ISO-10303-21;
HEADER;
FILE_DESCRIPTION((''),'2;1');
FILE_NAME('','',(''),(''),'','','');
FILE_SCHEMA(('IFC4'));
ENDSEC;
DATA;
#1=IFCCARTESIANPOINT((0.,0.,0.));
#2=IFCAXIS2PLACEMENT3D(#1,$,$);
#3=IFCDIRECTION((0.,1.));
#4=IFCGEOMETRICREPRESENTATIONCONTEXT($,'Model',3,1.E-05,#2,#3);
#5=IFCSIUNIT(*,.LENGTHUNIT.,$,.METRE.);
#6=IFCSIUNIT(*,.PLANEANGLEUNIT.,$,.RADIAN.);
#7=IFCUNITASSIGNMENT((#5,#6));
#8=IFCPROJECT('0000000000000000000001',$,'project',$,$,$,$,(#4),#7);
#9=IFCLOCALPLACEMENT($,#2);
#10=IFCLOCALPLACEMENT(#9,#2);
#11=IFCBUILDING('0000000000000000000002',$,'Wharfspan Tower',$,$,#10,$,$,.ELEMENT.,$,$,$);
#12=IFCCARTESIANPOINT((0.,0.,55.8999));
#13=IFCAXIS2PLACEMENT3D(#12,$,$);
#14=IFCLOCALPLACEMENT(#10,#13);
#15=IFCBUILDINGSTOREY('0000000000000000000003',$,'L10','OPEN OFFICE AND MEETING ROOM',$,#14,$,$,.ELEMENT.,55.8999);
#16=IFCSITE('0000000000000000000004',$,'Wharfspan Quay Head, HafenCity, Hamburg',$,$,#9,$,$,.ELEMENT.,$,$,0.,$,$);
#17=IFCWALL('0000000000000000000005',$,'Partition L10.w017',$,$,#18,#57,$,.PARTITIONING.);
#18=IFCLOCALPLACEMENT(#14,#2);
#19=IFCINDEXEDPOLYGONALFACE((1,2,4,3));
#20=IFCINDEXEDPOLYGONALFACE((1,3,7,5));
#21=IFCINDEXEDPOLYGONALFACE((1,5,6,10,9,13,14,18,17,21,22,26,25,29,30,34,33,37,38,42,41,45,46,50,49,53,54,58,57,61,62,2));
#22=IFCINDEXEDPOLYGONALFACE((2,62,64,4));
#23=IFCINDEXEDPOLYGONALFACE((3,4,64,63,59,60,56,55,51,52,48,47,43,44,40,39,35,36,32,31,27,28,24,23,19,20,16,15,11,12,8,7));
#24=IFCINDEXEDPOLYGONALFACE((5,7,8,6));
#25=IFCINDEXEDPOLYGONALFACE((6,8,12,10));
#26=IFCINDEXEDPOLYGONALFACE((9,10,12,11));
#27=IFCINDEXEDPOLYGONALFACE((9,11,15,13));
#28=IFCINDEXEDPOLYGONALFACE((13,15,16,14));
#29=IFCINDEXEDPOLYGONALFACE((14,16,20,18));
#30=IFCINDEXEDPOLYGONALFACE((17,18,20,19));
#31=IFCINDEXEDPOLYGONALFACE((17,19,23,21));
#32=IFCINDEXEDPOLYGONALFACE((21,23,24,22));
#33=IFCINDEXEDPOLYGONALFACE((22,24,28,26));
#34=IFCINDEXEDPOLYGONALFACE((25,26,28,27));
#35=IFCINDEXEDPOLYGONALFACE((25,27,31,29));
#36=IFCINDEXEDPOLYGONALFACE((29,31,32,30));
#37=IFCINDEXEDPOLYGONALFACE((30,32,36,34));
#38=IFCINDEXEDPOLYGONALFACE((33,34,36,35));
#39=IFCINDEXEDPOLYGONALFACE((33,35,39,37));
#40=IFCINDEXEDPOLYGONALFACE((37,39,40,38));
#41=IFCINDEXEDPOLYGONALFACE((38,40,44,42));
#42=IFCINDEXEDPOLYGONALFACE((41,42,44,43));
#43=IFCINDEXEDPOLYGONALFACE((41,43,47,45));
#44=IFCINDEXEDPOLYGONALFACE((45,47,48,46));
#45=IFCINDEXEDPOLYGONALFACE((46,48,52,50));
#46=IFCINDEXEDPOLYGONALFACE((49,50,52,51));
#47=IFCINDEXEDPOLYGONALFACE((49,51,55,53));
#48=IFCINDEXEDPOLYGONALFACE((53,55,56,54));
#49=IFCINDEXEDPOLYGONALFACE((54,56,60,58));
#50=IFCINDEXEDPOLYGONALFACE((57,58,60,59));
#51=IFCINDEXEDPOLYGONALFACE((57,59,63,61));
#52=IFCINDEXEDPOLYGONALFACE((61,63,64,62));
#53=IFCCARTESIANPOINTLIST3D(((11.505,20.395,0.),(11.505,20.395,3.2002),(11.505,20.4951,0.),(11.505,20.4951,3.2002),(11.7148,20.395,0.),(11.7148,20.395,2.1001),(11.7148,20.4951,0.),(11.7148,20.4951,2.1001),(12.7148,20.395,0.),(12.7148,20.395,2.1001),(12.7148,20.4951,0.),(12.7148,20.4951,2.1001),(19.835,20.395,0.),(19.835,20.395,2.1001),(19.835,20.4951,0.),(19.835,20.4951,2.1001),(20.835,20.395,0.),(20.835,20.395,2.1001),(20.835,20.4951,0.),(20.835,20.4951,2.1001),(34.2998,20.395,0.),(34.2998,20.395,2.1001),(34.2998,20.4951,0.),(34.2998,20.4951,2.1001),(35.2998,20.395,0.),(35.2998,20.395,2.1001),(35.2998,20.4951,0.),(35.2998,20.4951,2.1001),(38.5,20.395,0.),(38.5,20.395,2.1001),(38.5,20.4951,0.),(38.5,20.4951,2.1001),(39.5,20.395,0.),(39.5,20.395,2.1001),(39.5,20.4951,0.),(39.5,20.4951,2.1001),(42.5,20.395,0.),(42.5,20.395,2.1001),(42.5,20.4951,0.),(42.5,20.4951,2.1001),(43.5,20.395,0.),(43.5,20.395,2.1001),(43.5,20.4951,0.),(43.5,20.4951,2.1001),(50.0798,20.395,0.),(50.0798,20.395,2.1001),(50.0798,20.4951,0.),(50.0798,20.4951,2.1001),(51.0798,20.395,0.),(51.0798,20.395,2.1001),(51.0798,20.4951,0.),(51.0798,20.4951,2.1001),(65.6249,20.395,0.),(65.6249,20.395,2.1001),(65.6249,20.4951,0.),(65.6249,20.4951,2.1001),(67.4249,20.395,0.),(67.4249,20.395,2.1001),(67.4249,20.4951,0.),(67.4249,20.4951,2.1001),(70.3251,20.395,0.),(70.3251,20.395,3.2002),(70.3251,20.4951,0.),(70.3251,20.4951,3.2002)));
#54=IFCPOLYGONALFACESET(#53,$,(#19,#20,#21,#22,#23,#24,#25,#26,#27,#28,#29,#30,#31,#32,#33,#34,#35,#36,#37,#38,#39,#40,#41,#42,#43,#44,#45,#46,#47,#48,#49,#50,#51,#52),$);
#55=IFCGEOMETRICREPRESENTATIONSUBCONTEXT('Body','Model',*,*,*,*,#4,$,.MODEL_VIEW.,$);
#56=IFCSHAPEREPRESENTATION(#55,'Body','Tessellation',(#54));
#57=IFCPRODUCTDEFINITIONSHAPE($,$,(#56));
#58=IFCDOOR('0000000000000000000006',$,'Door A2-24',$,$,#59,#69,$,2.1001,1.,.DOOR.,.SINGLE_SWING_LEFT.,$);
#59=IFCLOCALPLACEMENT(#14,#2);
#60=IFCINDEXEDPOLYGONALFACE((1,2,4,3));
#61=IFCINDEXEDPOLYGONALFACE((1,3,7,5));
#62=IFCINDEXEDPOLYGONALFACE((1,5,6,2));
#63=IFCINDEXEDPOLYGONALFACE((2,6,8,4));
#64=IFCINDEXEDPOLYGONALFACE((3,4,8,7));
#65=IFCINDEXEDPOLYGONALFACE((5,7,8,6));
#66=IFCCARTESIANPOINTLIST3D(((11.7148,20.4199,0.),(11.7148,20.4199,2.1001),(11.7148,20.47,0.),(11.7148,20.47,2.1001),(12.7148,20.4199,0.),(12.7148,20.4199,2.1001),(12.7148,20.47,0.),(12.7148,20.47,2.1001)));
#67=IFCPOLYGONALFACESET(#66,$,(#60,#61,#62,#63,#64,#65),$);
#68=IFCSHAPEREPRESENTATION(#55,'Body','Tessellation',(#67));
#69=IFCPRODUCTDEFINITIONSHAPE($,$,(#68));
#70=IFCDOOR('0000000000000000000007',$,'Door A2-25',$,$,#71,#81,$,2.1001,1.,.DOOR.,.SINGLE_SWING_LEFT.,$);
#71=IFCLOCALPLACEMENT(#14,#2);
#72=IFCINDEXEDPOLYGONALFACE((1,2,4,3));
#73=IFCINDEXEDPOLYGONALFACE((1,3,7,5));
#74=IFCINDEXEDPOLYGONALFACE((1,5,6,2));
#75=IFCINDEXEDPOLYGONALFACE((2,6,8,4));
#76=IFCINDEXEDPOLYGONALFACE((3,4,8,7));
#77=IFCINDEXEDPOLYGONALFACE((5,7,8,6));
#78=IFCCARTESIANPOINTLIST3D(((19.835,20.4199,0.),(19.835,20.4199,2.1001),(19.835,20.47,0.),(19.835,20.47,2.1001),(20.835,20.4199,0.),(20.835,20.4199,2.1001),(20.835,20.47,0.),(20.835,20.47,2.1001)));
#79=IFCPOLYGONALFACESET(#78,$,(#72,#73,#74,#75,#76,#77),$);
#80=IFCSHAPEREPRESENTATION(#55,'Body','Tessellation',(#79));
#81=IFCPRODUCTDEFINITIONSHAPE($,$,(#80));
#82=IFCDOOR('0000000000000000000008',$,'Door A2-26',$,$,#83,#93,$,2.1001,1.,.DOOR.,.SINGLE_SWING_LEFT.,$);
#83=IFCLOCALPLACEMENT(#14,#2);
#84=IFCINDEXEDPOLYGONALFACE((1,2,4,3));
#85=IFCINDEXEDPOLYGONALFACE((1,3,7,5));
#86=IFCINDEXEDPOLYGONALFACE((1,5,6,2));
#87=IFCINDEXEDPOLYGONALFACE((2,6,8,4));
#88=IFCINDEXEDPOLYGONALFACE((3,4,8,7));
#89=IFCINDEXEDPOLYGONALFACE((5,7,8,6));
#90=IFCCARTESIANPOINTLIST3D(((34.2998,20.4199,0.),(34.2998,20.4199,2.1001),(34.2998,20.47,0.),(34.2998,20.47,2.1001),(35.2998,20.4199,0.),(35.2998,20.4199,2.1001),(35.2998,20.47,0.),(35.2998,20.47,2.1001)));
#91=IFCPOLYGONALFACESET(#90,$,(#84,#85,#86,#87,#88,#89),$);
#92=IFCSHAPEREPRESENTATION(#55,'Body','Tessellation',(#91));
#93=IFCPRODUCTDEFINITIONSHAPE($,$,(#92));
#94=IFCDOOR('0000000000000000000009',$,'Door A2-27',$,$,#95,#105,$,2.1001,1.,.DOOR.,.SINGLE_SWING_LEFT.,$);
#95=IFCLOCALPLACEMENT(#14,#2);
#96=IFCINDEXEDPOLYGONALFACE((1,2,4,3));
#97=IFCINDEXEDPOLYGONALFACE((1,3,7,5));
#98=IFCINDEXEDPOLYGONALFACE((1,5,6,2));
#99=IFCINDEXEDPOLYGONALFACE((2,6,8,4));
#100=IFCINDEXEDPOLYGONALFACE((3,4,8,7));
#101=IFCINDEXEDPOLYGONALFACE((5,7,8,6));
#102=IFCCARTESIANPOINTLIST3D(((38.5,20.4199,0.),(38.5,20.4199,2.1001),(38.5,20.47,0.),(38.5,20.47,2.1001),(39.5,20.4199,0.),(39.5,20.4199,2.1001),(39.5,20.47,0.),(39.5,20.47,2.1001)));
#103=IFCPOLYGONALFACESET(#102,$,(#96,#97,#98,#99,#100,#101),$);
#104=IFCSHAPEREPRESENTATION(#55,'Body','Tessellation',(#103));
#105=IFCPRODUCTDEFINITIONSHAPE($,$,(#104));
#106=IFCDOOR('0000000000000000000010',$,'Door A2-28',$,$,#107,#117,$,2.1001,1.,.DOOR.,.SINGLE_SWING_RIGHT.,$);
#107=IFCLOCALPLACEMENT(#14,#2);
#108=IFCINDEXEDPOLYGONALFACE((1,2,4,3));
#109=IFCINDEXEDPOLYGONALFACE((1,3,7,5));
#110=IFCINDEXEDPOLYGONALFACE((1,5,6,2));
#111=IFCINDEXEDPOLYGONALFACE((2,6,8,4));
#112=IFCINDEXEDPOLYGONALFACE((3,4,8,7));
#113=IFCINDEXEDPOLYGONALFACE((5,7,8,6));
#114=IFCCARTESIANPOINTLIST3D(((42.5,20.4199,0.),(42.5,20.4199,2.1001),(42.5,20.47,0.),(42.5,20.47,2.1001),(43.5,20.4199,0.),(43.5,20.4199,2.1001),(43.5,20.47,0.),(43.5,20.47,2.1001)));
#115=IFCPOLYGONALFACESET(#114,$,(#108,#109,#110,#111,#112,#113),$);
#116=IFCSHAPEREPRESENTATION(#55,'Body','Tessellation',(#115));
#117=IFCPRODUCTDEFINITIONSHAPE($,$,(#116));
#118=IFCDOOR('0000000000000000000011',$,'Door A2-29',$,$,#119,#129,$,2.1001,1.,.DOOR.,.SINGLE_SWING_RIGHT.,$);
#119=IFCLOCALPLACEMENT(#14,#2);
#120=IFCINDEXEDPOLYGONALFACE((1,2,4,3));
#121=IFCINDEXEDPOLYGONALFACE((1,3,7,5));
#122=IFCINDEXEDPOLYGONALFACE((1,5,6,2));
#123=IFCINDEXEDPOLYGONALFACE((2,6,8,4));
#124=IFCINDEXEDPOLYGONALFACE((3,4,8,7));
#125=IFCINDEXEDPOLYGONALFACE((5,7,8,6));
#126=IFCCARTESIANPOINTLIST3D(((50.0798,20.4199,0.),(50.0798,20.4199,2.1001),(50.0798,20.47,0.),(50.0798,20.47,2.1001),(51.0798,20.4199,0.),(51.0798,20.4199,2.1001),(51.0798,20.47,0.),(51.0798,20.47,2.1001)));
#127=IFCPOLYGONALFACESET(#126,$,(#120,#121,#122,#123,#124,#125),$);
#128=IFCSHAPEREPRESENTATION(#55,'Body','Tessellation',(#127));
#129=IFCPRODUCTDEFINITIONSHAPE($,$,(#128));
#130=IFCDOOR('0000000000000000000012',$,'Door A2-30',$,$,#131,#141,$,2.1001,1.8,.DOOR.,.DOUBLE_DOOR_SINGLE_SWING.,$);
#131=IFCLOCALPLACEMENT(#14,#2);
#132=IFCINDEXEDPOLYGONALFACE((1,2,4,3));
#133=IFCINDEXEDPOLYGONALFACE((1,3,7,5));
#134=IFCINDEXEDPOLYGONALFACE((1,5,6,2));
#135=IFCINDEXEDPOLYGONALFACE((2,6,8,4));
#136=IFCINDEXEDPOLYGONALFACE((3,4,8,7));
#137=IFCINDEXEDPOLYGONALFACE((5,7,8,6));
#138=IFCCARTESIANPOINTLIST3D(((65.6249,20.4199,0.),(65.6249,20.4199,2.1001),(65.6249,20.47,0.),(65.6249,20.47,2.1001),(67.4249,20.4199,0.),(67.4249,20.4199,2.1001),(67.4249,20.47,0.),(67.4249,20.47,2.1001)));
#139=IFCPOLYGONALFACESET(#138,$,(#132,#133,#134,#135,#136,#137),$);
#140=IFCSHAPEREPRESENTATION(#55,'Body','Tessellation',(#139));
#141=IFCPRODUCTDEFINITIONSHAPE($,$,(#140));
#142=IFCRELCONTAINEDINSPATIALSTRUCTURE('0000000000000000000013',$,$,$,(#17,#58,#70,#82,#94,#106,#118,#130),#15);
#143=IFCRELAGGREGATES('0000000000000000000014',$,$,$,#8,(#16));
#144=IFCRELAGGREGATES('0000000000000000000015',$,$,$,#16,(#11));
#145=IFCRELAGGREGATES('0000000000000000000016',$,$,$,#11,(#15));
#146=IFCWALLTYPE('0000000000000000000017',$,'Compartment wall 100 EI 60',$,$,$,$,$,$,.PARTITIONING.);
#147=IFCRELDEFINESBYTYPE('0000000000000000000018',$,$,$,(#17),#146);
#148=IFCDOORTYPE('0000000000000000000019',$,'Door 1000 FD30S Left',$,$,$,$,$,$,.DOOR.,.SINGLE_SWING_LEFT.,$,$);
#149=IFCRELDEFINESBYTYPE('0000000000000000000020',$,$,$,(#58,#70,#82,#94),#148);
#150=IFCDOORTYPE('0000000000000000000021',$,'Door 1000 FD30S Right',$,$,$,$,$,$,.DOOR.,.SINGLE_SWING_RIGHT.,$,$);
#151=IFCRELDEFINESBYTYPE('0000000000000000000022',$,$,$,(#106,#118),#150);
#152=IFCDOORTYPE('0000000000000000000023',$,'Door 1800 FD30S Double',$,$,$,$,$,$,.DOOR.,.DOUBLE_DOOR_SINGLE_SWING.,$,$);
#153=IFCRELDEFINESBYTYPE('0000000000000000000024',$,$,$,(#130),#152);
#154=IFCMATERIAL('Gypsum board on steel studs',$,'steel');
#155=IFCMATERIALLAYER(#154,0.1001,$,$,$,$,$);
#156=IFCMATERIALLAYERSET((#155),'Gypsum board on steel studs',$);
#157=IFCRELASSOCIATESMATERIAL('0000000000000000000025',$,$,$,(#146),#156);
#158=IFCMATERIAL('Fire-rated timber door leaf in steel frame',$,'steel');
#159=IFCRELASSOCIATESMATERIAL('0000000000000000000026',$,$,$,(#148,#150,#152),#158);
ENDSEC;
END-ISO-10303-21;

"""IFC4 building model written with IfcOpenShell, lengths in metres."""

from ifc_helpers import new_model, si_unit, direction, frame, frame_2d, origin, place, context, subcontext, project, spatial, rectangle, extrude, material, layer, layer_set, type_object, element, fill, save


model = new_model("IFC4")

# Units and contexts
model_context = context("Model", 3, precision=1e-05, world=origin(), true_north=direction((0.0, 1.0)))
body_context = subcontext(model_context, "Body", "Model", "MODEL_VIEW")
ifc_project = project(units=[si_unit("LENGTHUNIT", "METRE"), si_unit("PLANEANGLEUNIT", "RADIAN")], contexts=[model_context])

# Site, building, storey
site_placement = place(None, origin())
site = spatial("IfcSite", under=ifc_project, at=site_placement, Name="Wharfspan Quay Head, HafenCity, Hamburg", CompositionType="ELEMENT", RefElevation=0.0)
building_placement = place(site_placement, origin())
building = spatial("IfcBuilding", under=site, at=building_placement, Name="Wharfspan Tower", CompositionType="ELEMENT")
storey_placement = place(building_placement, frame((0.0, 0.0, 55.8999)))
storey = spatial("IfcBuildingStorey", under=building, at=storey_placement, Name="L10", Description="OPEN OFFICE AND MEETING ROOM", CompositionType="ELEMENT", Elevation=55.8999)

# Shared definitions
ifc_material_1 = material(Name="Gypsum board on steel studs", Category="steel")
ifc_layer_1 = layer(ifc_material_1, 0.1001)
ifc_layer_set_1 = layer_set([ifc_layer_1], Name="Gypsum board on steel studs")
wall_type_1 = type_object("IfcWallType", Name="Compartment wall 100 EI 60", PredefinedType="PARTITIONING", material=ifc_layer_set_1)

# Wall, openings, doors
wall_1_placement = place(storey_placement, frame((11.5049, 20.4451, 0.0), z_axis=(0.0, 0.0, 1.0), x_axis=(1.0, 0.0, 0.0)))
wall_1 = element("IfcWall", 1, at=wall_1_placement, inside=storey, type_object=wall_type_1, Name="Partition L10.w017", PredefinedType="PARTITIONING", context=body_context, shape_type="SweptSolid", body=[
    extrude(rectangle(XDim=58.8201, YDim=0.1001, at=frame_2d((29.4102, 0.0))), origin(), (0.0, 0.0, 1.0), 3.2002),
])
opening_1_placement = place(wall_1_placement, frame((0.21, 0.0, 0.0)))
opening_1 = element("IfcOpeningElement", 2, at=opening_1_placement, cuts=wall_1, PredefinedType="OPENING", context=body_context, shape_type="SweptSolid", body=[
    extrude(rectangle(XDim=1.0, YDim=2.1001, at=frame_2d((0.5, 1.05))), frame((0.0, 0.0601, 0.0), z_axis=(0.0, -1.0, 0.0), x_axis=(1.0, 0.0, 0.0)), (0.0, 0.0, 1.0), 0.1201),
])
opening_2_placement = place(wall_1_placement, frame((8.3301, 0.0, 0.0)))
opening_2 = element("IfcOpeningElement", 3, at=opening_2_placement, cuts=wall_1, PredefinedType="OPENING", context=body_context, shape_type="SweptSolid", body=[
    extrude(rectangle(XDim=1.0, YDim=2.1001, at=frame_2d((0.5, 1.05))), frame((0.0, 0.0601, 0.0), z_axis=(0.0, -1.0, 0.0), x_axis=(1.0, 0.0, 0.0)), (0.0, 0.0, 1.0), 0.1201),
])
opening_3_placement = place(wall_1_placement, frame((22.7949, 0.0, 0.0)))
opening_3 = element("IfcOpeningElement", 4, at=opening_3_placement, cuts=wall_1, PredefinedType="OPENING", context=body_context, shape_type="SweptSolid", body=[
    extrude(rectangle(XDim=1.0, YDim=2.1001, at=frame_2d((0.5, 1.05))), frame((0.0, 0.0601, 0.0), z_axis=(0.0, -1.0, 0.0), x_axis=(1.0, 0.0, 0.0)), (0.0, 0.0, 1.0), 0.1201),
])
opening_4_placement = place(wall_1_placement, frame((26.9951, 0.0, 0.0)))
opening_4 = element("IfcOpeningElement", 5, at=opening_4_placement, cuts=wall_1, PredefinedType="OPENING", context=body_context, shape_type="SweptSolid", body=[
    extrude(rectangle(XDim=1.0, YDim=2.1001, at=frame_2d((0.5, 1.05))), frame((0.0, 0.0601, 0.0), z_axis=(0.0, -1.0, 0.0), x_axis=(1.0, 0.0, 0.0)), (0.0, 0.0, 1.0), 0.1201),
])
opening_5_placement = place(wall_1_placement, frame((30.9951, 0.0, 0.0)))
opening_5 = element("IfcOpeningElement", 6, at=opening_5_placement, cuts=wall_1, PredefinedType="OPENING", context=body_context, shape_type="SweptSolid", body=[
    extrude(rectangle(XDim=1.0, YDim=2.1001, at=frame_2d((0.5, 1.05))), frame((0.0, 0.0601, 0.0), z_axis=(0.0, -1.0, 0.0), x_axis=(1.0, 0.0, 0.0)), (0.0, 0.0, 1.0), 0.1201),
])
opening_6_placement = place(wall_1_placement, frame((38.575, 0.0, 0.0)))
opening_6 = element("IfcOpeningElement", 7, at=opening_6_placement, cuts=wall_1, PredefinedType="OPENING", context=body_context, shape_type="SweptSolid", body=[
    extrude(rectangle(XDim=1.0, YDim=2.1001, at=frame_2d((0.5, 1.05))), frame((0.0, 0.0601, 0.0), z_axis=(0.0, -1.0, 0.0), x_axis=(1.0, 0.0, 0.0)), (0.0, 0.0, 1.0), 0.1201),
])
opening_7_placement = place(wall_1_placement, frame((54.1201, 0.0, 0.0)))
opening_7 = element("IfcOpeningElement", 8, at=opening_7_placement, cuts=wall_1, PredefinedType="OPENING", context=body_context, shape_type="SweptSolid", body=[
    extrude(rectangle(XDim=1.8, YDim=2.1001, at=frame_2d((0.8999, 1.05))), frame((0.0, 0.0601, 0.0), z_axis=(0.0, -1.0, 0.0), x_axis=(1.0, 0.0, 0.0)), (0.0, 0.0, 1.0), 0.1201),
])
ifc_material_2 = material(Name="Fire-rated timber door leaf in steel frame", Category="steel")
door_type_1 = type_object("IfcDoorType", Name="Door 1000 FD30S Left", OperationType="SINGLE_SWING_LEFT", PredefinedType="DOOR", material=ifc_material_2)
door_1_placement = place(opening_1_placement, origin())
door_1 = element("IfcDoor", 9, at=door_1_placement, inside=storey, type_object=door_type_1, Name="Door A2-24", OperationType="SINGLE_SWING_LEFT", OverallHeight=2.1001, OverallWidth=1.0, PredefinedType="DOOR", context=body_context, shape_type="SweptSolid", body=[
    extrude(rectangle(XDim=1.0, YDim=2.1001, at=frame_2d((0.5, 1.05))), frame((0.0, 0.0249, 0.0), z_axis=(0.0, -1.0, 0.0), x_axis=(1.0, 0.0, 0.0)), (0.0, 0.0, 1.0), 0.05),
])
fill(opening_1, door_1)
door_2_placement = place(opening_2_placement, origin())
door_2 = element("IfcDoor", 10, at=door_2_placement, inside=storey, type_object=door_type_1, Name="Door A2-25", OperationType="SINGLE_SWING_LEFT", OverallHeight=2.1001, OverallWidth=1.0, PredefinedType="DOOR", context=body_context, shape_type="SweptSolid", body=[
    extrude(rectangle(XDim=1.0, YDim=2.1001, at=frame_2d((0.5, 1.05))), frame((0.0, 0.0249, 0.0), z_axis=(0.0, -1.0, 0.0), x_axis=(1.0, 0.0, 0.0)), (0.0, 0.0, 1.0), 0.05),
])
fill(opening_2, door_2)
door_3_placement = place(opening_3_placement, origin())
door_3 = element("IfcDoor", 11, at=door_3_placement, inside=storey, type_object=door_type_1, Name="Door A2-26", OperationType="SINGLE_SWING_LEFT", OverallHeight=2.1001, OverallWidth=1.0, PredefinedType="DOOR", context=body_context, shape_type="SweptSolid", body=[
    extrude(rectangle(XDim=1.0, YDim=2.1001, at=frame_2d((0.5, 1.05))), frame((0.0, 0.0249, 0.0), z_axis=(0.0, -1.0, 0.0), x_axis=(1.0, 0.0, 0.0)), (0.0, 0.0, 1.0), 0.05),
])
fill(opening_3, door_3)
door_4_placement = place(opening_4_placement, origin())
door_4 = element("IfcDoor", 12, at=door_4_placement, inside=storey, type_object=door_type_1, Name="Door A2-27", OperationType="SINGLE_SWING_LEFT", OverallHeight=2.1001, OverallWidth=1.0, PredefinedType="DOOR", context=body_context, shape_type="SweptSolid", body=[
    extrude(rectangle(XDim=1.0, YDim=2.1001, at=frame_2d((0.5, 1.05))), frame((0.0, 0.0249, 0.0), z_axis=(0.0, -1.0, 0.0), x_axis=(1.0, 0.0, 0.0)), (0.0, 0.0, 1.0), 0.05),
])
fill(opening_4, door_4)
door_type_2 = type_object("IfcDoorType", Name="Door 1000 FD30S Right", OperationType="SINGLE_SWING_RIGHT", PredefinedType="DOOR", material=ifc_material_2)
door_5_placement = place(opening_5_placement, origin())
door_5 = element("IfcDoor", 13, at=door_5_placement, inside=storey, type_object=door_type_2, Name="Door A2-28", OperationType="SINGLE_SWING_RIGHT", OverallHeight=2.1001, OverallWidth=1.0, PredefinedType="DOOR", context=body_context, shape_type="SweptSolid", body=[
    extrude(rectangle(XDim=1.0, YDim=2.1001, at=frame_2d((0.5, 1.05))), frame((0.0, 0.0249, 0.0), z_axis=(0.0, -1.0, 0.0), x_axis=(1.0, 0.0, 0.0)), (0.0, 0.0, 1.0), 0.05),
])
fill(opening_5, door_5)
door_6_placement = place(opening_6_placement, origin())
door_6 = element("IfcDoor", 14, at=door_6_placement, inside=storey, type_object=door_type_2, Name="Door A2-29", OperationType="SINGLE_SWING_RIGHT", OverallHeight=2.1001, OverallWidth=1.0, PredefinedType="DOOR", context=body_context, shape_type="SweptSolid", body=[
    extrude(rectangle(XDim=1.0, YDim=2.1001, at=frame_2d((0.5, 1.05))), frame((0.0, 0.0249, 0.0), z_axis=(0.0, -1.0, 0.0), x_axis=(1.0, 0.0, 0.0)), (0.0, 0.0, 1.0), 0.05),
])
fill(opening_6, door_6)
door_type_3 = type_object("IfcDoorType", Name="Door 1800 FD30S Double", OperationType="DOUBLE_DOOR_SINGLE_SWING", PredefinedType="DOOR", material=ifc_material_2)
door_7_placement = place(opening_7_placement, origin())
door_7 = element("IfcDoor", 15, at=door_7_placement, inside=storey, type_object=door_type_3, Name="Door A2-30", OperationType="DOUBLE_DOOR_SINGLE_SWING", OverallHeight=2.1001, OverallWidth=1.8, PredefinedType="DOOR", context=body_context, shape_type="SweptSolid", body=[
    extrude(rectangle(XDim=1.8, YDim=2.1001, at=frame_2d((0.8999, 1.05))), frame((0.0, 0.0249, 0.0), z_axis=(0.0, -1.0, 0.0), x_axis=(1.0, 0.0, 0.0)), (0.0, 0.0, 1.0), 0.05),
])
fill(opening_7, door_7)

save(model, "model.ifc")
